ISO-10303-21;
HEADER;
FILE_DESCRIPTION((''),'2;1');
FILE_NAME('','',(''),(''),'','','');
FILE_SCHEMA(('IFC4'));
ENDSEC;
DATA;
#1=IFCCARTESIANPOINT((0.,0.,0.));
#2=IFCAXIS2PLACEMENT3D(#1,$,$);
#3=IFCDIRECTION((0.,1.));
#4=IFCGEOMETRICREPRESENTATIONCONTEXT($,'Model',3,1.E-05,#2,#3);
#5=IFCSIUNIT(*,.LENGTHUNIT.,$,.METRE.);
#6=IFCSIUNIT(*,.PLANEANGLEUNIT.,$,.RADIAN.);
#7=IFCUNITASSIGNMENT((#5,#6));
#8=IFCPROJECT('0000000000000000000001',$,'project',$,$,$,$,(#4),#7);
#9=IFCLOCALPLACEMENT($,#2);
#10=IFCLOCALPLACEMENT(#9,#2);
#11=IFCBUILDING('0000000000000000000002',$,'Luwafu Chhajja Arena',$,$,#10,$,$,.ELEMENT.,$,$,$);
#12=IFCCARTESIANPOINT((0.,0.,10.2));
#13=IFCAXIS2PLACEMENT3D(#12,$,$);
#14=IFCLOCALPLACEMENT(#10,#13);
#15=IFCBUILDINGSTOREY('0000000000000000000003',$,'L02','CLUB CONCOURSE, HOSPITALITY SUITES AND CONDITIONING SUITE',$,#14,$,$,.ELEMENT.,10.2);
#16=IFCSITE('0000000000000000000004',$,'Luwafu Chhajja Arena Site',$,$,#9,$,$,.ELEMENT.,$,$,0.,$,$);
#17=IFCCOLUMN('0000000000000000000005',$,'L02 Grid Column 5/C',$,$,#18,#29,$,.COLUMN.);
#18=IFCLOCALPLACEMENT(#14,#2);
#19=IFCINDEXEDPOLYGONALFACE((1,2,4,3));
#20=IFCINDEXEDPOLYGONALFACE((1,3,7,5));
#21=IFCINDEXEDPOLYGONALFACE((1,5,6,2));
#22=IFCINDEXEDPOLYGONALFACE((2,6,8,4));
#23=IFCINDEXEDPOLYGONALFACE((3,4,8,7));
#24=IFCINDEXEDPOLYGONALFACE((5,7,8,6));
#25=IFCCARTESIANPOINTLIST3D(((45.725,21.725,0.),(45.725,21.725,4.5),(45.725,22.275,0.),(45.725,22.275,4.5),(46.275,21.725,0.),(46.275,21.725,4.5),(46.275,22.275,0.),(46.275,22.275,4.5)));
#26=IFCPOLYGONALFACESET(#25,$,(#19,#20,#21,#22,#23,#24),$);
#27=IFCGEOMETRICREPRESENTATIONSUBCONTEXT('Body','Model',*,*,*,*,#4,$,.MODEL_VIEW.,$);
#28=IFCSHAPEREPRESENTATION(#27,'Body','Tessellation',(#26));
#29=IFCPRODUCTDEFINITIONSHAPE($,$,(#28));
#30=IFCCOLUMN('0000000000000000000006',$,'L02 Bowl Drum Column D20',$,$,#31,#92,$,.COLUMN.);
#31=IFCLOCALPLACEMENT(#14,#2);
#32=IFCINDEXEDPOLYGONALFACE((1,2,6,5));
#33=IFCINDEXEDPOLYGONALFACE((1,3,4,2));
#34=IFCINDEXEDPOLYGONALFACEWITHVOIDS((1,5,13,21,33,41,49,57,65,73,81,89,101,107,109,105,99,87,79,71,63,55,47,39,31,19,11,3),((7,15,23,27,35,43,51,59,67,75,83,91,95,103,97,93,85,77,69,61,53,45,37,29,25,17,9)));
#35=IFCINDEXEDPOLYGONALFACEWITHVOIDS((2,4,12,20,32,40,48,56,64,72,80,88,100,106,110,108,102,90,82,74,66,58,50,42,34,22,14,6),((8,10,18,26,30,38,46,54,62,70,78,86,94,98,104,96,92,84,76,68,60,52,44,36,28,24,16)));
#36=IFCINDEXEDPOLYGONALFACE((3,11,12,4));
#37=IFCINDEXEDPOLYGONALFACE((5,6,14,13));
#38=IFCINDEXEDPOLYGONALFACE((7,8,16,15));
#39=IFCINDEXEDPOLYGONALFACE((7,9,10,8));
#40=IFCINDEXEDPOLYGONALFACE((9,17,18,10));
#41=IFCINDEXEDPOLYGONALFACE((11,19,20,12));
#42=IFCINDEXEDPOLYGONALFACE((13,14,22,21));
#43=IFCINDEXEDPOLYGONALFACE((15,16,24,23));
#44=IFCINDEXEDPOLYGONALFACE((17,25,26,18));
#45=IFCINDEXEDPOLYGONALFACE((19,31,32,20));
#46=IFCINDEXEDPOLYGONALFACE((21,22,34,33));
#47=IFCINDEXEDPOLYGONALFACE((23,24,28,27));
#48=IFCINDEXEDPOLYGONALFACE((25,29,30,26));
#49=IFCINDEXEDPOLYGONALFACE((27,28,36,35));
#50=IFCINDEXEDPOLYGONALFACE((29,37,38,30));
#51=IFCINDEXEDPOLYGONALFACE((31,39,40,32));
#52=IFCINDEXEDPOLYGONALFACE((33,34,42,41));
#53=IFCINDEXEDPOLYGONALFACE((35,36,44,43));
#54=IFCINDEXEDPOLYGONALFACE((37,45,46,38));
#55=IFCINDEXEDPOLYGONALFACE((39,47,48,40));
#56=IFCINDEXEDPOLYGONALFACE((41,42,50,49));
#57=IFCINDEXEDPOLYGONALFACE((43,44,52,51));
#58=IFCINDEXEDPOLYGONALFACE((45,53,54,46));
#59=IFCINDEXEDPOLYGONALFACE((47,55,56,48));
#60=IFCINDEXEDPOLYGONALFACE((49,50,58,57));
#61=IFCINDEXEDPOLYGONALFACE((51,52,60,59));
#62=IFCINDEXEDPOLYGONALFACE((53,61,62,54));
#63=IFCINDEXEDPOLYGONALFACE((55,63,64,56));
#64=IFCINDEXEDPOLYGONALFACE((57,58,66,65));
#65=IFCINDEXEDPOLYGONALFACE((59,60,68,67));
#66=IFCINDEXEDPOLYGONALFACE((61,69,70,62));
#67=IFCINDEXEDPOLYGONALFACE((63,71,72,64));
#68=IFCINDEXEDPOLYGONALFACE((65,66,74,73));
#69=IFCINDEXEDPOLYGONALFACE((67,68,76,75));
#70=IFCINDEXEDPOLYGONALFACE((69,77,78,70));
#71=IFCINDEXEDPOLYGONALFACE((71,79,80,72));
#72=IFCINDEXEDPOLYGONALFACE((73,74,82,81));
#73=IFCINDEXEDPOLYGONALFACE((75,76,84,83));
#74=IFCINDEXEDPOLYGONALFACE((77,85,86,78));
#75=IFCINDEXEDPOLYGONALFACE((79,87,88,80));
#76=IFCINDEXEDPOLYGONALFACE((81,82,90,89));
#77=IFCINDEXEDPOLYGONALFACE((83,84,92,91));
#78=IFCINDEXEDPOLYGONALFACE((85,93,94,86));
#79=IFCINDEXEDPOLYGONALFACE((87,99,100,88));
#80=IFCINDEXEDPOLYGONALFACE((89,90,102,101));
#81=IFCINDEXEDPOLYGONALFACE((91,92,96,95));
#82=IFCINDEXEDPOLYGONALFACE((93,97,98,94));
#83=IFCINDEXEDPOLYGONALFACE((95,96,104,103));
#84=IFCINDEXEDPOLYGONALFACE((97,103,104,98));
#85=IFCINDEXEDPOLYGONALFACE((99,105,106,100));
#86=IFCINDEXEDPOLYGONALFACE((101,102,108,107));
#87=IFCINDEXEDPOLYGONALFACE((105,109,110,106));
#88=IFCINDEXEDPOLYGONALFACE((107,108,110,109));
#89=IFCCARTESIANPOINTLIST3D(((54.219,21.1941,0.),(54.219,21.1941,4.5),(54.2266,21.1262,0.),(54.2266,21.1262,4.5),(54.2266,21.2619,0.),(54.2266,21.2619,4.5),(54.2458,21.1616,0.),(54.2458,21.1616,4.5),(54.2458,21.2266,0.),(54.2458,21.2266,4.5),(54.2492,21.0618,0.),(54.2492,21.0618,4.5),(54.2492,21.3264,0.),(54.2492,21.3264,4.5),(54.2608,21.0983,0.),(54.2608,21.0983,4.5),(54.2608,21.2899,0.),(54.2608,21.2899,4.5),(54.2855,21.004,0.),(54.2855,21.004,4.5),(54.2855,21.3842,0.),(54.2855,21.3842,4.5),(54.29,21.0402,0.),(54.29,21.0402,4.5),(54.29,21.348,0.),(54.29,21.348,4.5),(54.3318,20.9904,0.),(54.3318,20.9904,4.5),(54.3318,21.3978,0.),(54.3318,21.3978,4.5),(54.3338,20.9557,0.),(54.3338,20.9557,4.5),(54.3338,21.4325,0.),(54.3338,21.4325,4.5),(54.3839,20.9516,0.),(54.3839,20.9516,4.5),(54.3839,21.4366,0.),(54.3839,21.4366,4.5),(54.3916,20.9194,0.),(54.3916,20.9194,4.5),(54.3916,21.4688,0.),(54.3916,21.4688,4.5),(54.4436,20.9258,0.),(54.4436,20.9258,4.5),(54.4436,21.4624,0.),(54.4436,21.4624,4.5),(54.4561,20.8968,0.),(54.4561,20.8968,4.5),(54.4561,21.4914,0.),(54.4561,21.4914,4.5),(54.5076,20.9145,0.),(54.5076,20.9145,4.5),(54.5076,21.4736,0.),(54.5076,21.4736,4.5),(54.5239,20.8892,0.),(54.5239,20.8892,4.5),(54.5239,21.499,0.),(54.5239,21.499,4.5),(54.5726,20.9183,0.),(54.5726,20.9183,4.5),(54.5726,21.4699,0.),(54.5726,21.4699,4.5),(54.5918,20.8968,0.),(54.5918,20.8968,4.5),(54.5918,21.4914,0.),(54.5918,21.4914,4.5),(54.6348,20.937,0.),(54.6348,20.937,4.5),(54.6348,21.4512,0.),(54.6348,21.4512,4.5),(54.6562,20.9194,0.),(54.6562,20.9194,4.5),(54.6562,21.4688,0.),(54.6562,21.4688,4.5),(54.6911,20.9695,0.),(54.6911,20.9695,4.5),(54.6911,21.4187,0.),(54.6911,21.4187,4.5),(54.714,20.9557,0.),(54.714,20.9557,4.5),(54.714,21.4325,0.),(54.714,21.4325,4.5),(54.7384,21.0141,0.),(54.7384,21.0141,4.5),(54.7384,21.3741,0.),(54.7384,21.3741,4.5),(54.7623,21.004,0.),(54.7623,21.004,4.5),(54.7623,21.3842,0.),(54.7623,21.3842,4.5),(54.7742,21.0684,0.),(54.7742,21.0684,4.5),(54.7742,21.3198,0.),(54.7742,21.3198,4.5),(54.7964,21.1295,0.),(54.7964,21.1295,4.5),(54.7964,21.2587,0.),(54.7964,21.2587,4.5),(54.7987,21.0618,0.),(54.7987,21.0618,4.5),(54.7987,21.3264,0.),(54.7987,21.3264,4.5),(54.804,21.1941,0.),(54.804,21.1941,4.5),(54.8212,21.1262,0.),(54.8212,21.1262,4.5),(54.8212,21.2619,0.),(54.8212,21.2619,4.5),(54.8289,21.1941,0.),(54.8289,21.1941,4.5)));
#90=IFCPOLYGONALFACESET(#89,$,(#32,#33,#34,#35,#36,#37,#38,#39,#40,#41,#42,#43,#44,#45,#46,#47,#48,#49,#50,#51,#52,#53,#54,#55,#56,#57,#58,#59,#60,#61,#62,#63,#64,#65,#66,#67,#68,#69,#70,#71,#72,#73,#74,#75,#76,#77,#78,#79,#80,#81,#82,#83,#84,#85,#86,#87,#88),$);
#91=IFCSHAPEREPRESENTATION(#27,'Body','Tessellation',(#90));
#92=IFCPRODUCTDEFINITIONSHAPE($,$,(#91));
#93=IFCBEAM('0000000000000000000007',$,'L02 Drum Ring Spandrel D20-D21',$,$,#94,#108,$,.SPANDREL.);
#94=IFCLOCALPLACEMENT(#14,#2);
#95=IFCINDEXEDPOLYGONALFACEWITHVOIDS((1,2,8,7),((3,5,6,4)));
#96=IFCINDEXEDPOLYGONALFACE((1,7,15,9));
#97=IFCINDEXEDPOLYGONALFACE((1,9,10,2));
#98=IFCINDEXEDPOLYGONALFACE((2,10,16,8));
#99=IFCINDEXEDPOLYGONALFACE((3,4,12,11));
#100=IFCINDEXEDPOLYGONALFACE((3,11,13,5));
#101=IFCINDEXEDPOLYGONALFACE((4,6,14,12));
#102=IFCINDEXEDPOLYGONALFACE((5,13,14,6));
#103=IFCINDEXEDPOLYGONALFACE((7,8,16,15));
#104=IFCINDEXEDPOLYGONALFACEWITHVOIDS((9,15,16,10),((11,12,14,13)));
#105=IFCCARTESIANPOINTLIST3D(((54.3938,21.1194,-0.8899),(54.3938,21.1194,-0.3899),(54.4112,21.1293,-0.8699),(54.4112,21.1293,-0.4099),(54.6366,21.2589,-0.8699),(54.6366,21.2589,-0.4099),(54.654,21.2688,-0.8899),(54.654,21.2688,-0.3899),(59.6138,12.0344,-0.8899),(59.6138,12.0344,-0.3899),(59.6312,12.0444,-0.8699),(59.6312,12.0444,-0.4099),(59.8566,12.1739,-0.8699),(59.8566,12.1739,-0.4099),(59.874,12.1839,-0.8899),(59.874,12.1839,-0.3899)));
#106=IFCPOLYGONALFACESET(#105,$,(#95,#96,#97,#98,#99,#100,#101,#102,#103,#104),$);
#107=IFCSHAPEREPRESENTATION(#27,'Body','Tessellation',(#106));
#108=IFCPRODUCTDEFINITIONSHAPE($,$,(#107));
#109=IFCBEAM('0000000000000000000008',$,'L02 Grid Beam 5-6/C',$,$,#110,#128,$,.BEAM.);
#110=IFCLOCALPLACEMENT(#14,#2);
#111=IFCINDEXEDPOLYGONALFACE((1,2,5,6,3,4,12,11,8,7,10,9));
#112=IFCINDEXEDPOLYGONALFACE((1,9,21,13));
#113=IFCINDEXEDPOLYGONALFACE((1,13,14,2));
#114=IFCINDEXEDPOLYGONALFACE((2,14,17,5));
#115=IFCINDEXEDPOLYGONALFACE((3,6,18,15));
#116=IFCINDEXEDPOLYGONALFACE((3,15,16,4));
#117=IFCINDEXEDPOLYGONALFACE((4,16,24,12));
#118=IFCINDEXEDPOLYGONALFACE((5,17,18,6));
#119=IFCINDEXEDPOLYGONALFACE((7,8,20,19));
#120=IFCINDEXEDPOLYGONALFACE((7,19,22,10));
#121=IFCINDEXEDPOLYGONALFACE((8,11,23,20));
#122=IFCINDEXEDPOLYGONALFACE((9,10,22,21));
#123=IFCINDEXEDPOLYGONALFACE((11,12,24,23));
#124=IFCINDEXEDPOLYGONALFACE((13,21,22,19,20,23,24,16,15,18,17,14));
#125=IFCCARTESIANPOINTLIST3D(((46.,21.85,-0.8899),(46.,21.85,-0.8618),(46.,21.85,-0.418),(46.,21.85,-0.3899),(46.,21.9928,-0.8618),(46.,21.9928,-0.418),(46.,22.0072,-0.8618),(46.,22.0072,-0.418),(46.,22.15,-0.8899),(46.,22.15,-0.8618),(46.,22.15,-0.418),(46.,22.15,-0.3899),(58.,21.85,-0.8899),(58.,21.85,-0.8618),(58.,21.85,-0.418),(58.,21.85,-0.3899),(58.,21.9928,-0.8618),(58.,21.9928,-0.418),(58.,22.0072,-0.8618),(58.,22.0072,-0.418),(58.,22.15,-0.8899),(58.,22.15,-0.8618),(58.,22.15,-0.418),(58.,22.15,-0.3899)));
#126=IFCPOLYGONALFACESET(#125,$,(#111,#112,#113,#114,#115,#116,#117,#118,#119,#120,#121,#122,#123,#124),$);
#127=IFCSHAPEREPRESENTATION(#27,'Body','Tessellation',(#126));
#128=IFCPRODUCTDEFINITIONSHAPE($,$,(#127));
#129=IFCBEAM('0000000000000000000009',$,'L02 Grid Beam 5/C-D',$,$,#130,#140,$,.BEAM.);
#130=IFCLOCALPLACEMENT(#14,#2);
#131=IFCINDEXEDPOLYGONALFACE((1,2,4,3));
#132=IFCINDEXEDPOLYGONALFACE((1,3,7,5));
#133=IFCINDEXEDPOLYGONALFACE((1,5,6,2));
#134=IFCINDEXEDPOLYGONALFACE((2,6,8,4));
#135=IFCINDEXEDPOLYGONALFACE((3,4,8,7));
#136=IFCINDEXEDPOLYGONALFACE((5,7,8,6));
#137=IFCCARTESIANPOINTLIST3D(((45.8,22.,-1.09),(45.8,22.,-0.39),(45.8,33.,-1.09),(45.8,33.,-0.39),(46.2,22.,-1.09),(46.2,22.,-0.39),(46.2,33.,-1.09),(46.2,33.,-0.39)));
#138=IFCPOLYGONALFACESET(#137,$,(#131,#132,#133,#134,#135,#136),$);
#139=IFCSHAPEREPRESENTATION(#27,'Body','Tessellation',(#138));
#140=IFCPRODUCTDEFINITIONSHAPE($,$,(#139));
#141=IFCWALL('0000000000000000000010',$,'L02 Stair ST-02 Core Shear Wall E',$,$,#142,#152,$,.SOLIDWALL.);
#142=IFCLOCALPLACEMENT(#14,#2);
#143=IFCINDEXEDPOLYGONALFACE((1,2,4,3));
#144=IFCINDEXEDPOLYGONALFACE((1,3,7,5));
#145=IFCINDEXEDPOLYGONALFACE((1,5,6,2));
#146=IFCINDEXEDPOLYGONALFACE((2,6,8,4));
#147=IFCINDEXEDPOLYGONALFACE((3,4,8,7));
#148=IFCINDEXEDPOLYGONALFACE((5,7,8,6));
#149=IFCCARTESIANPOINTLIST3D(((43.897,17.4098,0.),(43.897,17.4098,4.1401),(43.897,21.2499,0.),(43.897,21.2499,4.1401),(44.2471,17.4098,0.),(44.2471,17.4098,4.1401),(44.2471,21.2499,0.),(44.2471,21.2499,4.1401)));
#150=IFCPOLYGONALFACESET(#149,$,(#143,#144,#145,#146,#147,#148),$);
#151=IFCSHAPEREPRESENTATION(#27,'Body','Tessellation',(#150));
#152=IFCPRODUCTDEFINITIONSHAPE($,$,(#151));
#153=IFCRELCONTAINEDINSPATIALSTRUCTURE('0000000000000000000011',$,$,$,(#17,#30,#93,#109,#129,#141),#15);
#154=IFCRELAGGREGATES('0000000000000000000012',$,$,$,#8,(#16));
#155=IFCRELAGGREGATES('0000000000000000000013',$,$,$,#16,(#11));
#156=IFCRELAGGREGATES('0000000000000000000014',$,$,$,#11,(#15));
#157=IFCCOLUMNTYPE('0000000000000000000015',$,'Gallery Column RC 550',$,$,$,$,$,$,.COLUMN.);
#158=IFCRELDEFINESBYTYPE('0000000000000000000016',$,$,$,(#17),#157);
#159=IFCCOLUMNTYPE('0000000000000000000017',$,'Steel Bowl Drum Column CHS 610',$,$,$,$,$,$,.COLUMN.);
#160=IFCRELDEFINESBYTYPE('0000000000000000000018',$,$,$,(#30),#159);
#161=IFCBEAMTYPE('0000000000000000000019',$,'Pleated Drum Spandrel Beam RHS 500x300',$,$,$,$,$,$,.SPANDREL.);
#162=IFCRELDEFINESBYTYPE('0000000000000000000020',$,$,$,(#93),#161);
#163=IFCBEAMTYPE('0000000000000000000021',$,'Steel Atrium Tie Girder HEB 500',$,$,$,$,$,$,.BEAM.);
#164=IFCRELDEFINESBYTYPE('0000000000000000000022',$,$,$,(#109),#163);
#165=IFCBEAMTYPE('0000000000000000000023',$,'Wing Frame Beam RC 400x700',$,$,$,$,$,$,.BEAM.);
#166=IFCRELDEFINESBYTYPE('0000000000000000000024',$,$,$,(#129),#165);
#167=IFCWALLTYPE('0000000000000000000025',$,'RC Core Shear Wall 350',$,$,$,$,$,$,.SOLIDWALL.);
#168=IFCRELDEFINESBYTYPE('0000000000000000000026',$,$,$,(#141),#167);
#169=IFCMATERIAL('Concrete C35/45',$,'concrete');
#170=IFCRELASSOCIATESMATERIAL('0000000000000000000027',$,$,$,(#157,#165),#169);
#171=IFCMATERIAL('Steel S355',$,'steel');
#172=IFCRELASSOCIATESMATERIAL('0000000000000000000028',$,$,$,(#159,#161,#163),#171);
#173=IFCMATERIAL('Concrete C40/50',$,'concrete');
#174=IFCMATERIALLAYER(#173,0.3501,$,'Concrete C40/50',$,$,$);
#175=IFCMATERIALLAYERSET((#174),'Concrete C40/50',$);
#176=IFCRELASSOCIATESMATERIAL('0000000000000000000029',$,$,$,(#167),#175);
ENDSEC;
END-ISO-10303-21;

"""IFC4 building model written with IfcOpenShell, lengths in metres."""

from ifc_helpers import new_model, si_unit, direction, frame, frame_2d, origin, origin_2d, place, context, subcontext, project, spatial, rectangle, hollow_rectangle, hollow_circle, i_section, extrude, material, layer, layer_set, material_profile, profile_set, type_object, element, save


model = new_model("IFC4")

# Units and contexts
model_context = context("Model", 3, precision=1e-05, world=origin(), true_north=direction((0.0, 1.0)))
body_context = subcontext(model_context, "Body", "Model", "MODEL_VIEW")
ifc_project = project(units=[si_unit("LENGTHUNIT", "METRE"), si_unit("PLANEANGLEUNIT", "RADIAN")], contexts=[model_context])

# Site, building, storey
site_placement = place(None, origin())
site = spatial("IfcSite", under=ifc_project, at=site_placement, Name="Luwafu Chhajja Arena Site", CompositionType="ELEMENT", RefElevation=0.0)
building_placement = place(site_placement, origin())
building = spatial("IfcBuilding", under=site, at=building_placement, Name="Luwafu Chhajja Arena", CompositionType="ELEMENT")
storey_placement = place(building_placement, frame((0.0, 0.0, 10.2)))
storey = spatial("IfcBuildingStorey", under=building, at=storey_placement, Name="L02", Description="CLUB CONCOURSE, HOSPITALITY SUITES AND CONDITIONING SUITE", CompositionType="ELEMENT", Elevation=10.2)

# Columns
ifc_material_1 = material(Name="Concrete C35/45", Category="concrete")
ifc_material_profile_1 = material_profile(ifc_material_1, rectangle(XDim=0.55, YDim=0.55, at=origin_2d()), Name="RC 550x550")
ifc_profile_set_1 = profile_set([ifc_material_profile_1], Name="Concrete C35/45")
column_type_1 = type_object("IfcColumnType", Name="Gallery Column RC 550", PredefinedType="COLUMN", material=ifc_profile_set_1)
column_1_placement = place(storey_placement, frame((46.0, 22.0, 0.0), z_axis=(0.0, 0.0, 1.0), x_axis=(1.0, 0.0, 0.0)))
element("IfcColumn", 1, at=column_1_placement, inside=storey, type_object=column_type_1, Name="L02 Grid Column 5/C", PredefinedType="COLUMN", context=body_context, shape_type="SweptSolid", body=[
    extrude(rectangle(XDim=0.55, YDim=0.55, at=origin_2d()), origin(), (0.0, 0.0, 1.0), 4.5),
])
ifc_material_2 = material(Name="Steel S355", Category="steel")
ifc_material_profile_2 = material_profile(ifc_material_2, hollow_circle(Radius=0.3049, WallThickness=0.0249, at=origin_2d()), Name="CHS 610x25")
ifc_profile_set_2 = profile_set([ifc_material_profile_2], Name="Steel S355")
column_type_2 = type_object("IfcColumnType", Name="Steel Bowl Drum Column CHS 610", PredefinedType="COLUMN", material=ifc_profile_set_2)
column_2_placement = place(storey_placement, frame((54.5239, 21.1941, 0.0), z_axis=(0.0, 0.0, 1.0), x_axis=(1.0, 0.0, 0.0)))
element("IfcColumn", 2, at=column_2_placement, inside=storey, type_object=column_type_2, Name="L02 Bowl Drum Column D20", PredefinedType="COLUMN", context=body_context, shape_type="SweptSolid", body=[
    extrude(hollow_circle(Radius=0.3049, WallThickness=0.0249, at=origin_2d()), origin(), (0.0, 0.0, 1.0), 4.5),
])

# Beams
ifc_material_profile_3 = material_profile(ifc_material_2, hollow_rectangle(XDim=0.3, YDim=0.5, WallThickness=0.02, at=origin_2d()), Name="RHS 500x300x20")
ifc_profile_set_3 = profile_set([ifc_material_profile_3], Name="Steel S355")
beam_type_1 = type_object("IfcBeamType", Name="Pleated Drum Spandrel Beam RHS 500x300", PredefinedType="SPANDREL", material=ifc_profile_set_3)
beam_1_placement = place(storey_placement, frame((54.5239, 21.1941, -0.6399), z_axis=(0.498193, -0.867066, 0.0), x_axis=(0.867066, 0.498193, 0.0)))
element("IfcBeam", 3, at=beam_1_placement, inside=storey, type_object=beam_type_1, Name="L02 Drum Ring Spandrel D20-D21", PredefinedType="SPANDREL", context=body_context, shape_type="SweptSolid", body=[
    extrude(hollow_rectangle(XDim=0.3, YDim=0.5, WallThickness=0.02, at=origin_2d()), origin(), (0.0, 0.0, 1.0), 10.4778),
])
ifc_material_profile_4 = material_profile(ifc_material_2, i_section(OverallWidth=0.3, OverallDepth=0.5, WebThickness=0.0144, FlangeThickness=0.0281, at=origin_2d()), Name="HEB 500")
ifc_profile_set_4 = profile_set([ifc_material_profile_4], Name="Steel S355")
beam_type_2 = type_object("IfcBeamType", Name="Steel Atrium Tie Girder HEB 500", PredefinedType="BEAM", material=ifc_profile_set_4)
beam_2_placement = place(storey_placement, frame((46.0, 22.0, -0.6399), z_axis=(1.0, 0.0, 0.0), x_axis=(0.0, 1.0, 0.0)))
element("IfcBeam", 4, at=beam_2_placement, inside=storey, type_object=beam_type_2, Name="L02 Grid Beam 5-6/C", PredefinedType="BEAM", context=body_context, shape_type="SweptSolid", body=[
    extrude(i_section(OverallWidth=0.3, OverallDepth=0.5, WebThickness=0.0144, FlangeThickness=0.0281, at=origin_2d()), origin(), (0.0, 0.0, 1.0), 12.0),
])
ifc_material_profile_5 = material_profile(ifc_material_1, rectangle(XDim=0.3999, YDim=0.7, at=origin_2d()), Name="RC 400x700")
ifc_profile_set_5 = profile_set([ifc_material_profile_5], Name="Concrete C35/45")
beam_type_3 = type_object("IfcBeamType", Name="Wing Frame Beam RC 400x700", PredefinedType="BEAM", material=ifc_profile_set_5)
beam_3_placement = place(storey_placement, frame((46.0, 22.0, -0.74), z_axis=(0.0, 1.0, 0.0), x_axis=(-1.0, 0.0, 0.0)))
element("IfcBeam", 5, at=beam_3_placement, inside=storey, type_object=beam_type_3, Name="L02 Grid Beam 5/C-D", PredefinedType="BEAM", context=body_context, shape_type="SweptSolid", body=[
    extrude(rectangle(XDim=0.3999, YDim=0.7, at=origin_2d()), origin(), (0.0, 0.0, 1.0), 11.0),
])

# Wall
ifc_material_3 = material(Name="Concrete C40/50", Category="concrete")
ifc_layer_1 = layer(ifc_material_3, 0.3501, Name="Concrete C40/50")
ifc_layer_set_1 = layer_set([ifc_layer_1], Name="Concrete C40/50")
wall_type = type_object("IfcWallType", Name="RC Core Shear Wall 350", PredefinedType="SOLIDWALL", material=ifc_layer_set_1)
wall_placement = place(storey_placement, frame((44.072, 17.4099, 0.0), z_axis=(0.0, 0.0, 1.0), x_axis=(0.0, 1.0, 0.0)))
element("IfcWall", 6, at=wall_placement, inside=storey, type_object=wall_type, Name="L02 Stair ST-02 Core Shear Wall E", PredefinedType="SOLIDWALL", context=body_context, shape_type="SweptSolid", body=[
    extrude(rectangle(XDim=3.8401, YDim=0.3501, at=frame_2d((1.9199, 0.0))), origin(), (0.0, 0.0, 1.0), 4.1401),
])

save(model, "model.ifc")
